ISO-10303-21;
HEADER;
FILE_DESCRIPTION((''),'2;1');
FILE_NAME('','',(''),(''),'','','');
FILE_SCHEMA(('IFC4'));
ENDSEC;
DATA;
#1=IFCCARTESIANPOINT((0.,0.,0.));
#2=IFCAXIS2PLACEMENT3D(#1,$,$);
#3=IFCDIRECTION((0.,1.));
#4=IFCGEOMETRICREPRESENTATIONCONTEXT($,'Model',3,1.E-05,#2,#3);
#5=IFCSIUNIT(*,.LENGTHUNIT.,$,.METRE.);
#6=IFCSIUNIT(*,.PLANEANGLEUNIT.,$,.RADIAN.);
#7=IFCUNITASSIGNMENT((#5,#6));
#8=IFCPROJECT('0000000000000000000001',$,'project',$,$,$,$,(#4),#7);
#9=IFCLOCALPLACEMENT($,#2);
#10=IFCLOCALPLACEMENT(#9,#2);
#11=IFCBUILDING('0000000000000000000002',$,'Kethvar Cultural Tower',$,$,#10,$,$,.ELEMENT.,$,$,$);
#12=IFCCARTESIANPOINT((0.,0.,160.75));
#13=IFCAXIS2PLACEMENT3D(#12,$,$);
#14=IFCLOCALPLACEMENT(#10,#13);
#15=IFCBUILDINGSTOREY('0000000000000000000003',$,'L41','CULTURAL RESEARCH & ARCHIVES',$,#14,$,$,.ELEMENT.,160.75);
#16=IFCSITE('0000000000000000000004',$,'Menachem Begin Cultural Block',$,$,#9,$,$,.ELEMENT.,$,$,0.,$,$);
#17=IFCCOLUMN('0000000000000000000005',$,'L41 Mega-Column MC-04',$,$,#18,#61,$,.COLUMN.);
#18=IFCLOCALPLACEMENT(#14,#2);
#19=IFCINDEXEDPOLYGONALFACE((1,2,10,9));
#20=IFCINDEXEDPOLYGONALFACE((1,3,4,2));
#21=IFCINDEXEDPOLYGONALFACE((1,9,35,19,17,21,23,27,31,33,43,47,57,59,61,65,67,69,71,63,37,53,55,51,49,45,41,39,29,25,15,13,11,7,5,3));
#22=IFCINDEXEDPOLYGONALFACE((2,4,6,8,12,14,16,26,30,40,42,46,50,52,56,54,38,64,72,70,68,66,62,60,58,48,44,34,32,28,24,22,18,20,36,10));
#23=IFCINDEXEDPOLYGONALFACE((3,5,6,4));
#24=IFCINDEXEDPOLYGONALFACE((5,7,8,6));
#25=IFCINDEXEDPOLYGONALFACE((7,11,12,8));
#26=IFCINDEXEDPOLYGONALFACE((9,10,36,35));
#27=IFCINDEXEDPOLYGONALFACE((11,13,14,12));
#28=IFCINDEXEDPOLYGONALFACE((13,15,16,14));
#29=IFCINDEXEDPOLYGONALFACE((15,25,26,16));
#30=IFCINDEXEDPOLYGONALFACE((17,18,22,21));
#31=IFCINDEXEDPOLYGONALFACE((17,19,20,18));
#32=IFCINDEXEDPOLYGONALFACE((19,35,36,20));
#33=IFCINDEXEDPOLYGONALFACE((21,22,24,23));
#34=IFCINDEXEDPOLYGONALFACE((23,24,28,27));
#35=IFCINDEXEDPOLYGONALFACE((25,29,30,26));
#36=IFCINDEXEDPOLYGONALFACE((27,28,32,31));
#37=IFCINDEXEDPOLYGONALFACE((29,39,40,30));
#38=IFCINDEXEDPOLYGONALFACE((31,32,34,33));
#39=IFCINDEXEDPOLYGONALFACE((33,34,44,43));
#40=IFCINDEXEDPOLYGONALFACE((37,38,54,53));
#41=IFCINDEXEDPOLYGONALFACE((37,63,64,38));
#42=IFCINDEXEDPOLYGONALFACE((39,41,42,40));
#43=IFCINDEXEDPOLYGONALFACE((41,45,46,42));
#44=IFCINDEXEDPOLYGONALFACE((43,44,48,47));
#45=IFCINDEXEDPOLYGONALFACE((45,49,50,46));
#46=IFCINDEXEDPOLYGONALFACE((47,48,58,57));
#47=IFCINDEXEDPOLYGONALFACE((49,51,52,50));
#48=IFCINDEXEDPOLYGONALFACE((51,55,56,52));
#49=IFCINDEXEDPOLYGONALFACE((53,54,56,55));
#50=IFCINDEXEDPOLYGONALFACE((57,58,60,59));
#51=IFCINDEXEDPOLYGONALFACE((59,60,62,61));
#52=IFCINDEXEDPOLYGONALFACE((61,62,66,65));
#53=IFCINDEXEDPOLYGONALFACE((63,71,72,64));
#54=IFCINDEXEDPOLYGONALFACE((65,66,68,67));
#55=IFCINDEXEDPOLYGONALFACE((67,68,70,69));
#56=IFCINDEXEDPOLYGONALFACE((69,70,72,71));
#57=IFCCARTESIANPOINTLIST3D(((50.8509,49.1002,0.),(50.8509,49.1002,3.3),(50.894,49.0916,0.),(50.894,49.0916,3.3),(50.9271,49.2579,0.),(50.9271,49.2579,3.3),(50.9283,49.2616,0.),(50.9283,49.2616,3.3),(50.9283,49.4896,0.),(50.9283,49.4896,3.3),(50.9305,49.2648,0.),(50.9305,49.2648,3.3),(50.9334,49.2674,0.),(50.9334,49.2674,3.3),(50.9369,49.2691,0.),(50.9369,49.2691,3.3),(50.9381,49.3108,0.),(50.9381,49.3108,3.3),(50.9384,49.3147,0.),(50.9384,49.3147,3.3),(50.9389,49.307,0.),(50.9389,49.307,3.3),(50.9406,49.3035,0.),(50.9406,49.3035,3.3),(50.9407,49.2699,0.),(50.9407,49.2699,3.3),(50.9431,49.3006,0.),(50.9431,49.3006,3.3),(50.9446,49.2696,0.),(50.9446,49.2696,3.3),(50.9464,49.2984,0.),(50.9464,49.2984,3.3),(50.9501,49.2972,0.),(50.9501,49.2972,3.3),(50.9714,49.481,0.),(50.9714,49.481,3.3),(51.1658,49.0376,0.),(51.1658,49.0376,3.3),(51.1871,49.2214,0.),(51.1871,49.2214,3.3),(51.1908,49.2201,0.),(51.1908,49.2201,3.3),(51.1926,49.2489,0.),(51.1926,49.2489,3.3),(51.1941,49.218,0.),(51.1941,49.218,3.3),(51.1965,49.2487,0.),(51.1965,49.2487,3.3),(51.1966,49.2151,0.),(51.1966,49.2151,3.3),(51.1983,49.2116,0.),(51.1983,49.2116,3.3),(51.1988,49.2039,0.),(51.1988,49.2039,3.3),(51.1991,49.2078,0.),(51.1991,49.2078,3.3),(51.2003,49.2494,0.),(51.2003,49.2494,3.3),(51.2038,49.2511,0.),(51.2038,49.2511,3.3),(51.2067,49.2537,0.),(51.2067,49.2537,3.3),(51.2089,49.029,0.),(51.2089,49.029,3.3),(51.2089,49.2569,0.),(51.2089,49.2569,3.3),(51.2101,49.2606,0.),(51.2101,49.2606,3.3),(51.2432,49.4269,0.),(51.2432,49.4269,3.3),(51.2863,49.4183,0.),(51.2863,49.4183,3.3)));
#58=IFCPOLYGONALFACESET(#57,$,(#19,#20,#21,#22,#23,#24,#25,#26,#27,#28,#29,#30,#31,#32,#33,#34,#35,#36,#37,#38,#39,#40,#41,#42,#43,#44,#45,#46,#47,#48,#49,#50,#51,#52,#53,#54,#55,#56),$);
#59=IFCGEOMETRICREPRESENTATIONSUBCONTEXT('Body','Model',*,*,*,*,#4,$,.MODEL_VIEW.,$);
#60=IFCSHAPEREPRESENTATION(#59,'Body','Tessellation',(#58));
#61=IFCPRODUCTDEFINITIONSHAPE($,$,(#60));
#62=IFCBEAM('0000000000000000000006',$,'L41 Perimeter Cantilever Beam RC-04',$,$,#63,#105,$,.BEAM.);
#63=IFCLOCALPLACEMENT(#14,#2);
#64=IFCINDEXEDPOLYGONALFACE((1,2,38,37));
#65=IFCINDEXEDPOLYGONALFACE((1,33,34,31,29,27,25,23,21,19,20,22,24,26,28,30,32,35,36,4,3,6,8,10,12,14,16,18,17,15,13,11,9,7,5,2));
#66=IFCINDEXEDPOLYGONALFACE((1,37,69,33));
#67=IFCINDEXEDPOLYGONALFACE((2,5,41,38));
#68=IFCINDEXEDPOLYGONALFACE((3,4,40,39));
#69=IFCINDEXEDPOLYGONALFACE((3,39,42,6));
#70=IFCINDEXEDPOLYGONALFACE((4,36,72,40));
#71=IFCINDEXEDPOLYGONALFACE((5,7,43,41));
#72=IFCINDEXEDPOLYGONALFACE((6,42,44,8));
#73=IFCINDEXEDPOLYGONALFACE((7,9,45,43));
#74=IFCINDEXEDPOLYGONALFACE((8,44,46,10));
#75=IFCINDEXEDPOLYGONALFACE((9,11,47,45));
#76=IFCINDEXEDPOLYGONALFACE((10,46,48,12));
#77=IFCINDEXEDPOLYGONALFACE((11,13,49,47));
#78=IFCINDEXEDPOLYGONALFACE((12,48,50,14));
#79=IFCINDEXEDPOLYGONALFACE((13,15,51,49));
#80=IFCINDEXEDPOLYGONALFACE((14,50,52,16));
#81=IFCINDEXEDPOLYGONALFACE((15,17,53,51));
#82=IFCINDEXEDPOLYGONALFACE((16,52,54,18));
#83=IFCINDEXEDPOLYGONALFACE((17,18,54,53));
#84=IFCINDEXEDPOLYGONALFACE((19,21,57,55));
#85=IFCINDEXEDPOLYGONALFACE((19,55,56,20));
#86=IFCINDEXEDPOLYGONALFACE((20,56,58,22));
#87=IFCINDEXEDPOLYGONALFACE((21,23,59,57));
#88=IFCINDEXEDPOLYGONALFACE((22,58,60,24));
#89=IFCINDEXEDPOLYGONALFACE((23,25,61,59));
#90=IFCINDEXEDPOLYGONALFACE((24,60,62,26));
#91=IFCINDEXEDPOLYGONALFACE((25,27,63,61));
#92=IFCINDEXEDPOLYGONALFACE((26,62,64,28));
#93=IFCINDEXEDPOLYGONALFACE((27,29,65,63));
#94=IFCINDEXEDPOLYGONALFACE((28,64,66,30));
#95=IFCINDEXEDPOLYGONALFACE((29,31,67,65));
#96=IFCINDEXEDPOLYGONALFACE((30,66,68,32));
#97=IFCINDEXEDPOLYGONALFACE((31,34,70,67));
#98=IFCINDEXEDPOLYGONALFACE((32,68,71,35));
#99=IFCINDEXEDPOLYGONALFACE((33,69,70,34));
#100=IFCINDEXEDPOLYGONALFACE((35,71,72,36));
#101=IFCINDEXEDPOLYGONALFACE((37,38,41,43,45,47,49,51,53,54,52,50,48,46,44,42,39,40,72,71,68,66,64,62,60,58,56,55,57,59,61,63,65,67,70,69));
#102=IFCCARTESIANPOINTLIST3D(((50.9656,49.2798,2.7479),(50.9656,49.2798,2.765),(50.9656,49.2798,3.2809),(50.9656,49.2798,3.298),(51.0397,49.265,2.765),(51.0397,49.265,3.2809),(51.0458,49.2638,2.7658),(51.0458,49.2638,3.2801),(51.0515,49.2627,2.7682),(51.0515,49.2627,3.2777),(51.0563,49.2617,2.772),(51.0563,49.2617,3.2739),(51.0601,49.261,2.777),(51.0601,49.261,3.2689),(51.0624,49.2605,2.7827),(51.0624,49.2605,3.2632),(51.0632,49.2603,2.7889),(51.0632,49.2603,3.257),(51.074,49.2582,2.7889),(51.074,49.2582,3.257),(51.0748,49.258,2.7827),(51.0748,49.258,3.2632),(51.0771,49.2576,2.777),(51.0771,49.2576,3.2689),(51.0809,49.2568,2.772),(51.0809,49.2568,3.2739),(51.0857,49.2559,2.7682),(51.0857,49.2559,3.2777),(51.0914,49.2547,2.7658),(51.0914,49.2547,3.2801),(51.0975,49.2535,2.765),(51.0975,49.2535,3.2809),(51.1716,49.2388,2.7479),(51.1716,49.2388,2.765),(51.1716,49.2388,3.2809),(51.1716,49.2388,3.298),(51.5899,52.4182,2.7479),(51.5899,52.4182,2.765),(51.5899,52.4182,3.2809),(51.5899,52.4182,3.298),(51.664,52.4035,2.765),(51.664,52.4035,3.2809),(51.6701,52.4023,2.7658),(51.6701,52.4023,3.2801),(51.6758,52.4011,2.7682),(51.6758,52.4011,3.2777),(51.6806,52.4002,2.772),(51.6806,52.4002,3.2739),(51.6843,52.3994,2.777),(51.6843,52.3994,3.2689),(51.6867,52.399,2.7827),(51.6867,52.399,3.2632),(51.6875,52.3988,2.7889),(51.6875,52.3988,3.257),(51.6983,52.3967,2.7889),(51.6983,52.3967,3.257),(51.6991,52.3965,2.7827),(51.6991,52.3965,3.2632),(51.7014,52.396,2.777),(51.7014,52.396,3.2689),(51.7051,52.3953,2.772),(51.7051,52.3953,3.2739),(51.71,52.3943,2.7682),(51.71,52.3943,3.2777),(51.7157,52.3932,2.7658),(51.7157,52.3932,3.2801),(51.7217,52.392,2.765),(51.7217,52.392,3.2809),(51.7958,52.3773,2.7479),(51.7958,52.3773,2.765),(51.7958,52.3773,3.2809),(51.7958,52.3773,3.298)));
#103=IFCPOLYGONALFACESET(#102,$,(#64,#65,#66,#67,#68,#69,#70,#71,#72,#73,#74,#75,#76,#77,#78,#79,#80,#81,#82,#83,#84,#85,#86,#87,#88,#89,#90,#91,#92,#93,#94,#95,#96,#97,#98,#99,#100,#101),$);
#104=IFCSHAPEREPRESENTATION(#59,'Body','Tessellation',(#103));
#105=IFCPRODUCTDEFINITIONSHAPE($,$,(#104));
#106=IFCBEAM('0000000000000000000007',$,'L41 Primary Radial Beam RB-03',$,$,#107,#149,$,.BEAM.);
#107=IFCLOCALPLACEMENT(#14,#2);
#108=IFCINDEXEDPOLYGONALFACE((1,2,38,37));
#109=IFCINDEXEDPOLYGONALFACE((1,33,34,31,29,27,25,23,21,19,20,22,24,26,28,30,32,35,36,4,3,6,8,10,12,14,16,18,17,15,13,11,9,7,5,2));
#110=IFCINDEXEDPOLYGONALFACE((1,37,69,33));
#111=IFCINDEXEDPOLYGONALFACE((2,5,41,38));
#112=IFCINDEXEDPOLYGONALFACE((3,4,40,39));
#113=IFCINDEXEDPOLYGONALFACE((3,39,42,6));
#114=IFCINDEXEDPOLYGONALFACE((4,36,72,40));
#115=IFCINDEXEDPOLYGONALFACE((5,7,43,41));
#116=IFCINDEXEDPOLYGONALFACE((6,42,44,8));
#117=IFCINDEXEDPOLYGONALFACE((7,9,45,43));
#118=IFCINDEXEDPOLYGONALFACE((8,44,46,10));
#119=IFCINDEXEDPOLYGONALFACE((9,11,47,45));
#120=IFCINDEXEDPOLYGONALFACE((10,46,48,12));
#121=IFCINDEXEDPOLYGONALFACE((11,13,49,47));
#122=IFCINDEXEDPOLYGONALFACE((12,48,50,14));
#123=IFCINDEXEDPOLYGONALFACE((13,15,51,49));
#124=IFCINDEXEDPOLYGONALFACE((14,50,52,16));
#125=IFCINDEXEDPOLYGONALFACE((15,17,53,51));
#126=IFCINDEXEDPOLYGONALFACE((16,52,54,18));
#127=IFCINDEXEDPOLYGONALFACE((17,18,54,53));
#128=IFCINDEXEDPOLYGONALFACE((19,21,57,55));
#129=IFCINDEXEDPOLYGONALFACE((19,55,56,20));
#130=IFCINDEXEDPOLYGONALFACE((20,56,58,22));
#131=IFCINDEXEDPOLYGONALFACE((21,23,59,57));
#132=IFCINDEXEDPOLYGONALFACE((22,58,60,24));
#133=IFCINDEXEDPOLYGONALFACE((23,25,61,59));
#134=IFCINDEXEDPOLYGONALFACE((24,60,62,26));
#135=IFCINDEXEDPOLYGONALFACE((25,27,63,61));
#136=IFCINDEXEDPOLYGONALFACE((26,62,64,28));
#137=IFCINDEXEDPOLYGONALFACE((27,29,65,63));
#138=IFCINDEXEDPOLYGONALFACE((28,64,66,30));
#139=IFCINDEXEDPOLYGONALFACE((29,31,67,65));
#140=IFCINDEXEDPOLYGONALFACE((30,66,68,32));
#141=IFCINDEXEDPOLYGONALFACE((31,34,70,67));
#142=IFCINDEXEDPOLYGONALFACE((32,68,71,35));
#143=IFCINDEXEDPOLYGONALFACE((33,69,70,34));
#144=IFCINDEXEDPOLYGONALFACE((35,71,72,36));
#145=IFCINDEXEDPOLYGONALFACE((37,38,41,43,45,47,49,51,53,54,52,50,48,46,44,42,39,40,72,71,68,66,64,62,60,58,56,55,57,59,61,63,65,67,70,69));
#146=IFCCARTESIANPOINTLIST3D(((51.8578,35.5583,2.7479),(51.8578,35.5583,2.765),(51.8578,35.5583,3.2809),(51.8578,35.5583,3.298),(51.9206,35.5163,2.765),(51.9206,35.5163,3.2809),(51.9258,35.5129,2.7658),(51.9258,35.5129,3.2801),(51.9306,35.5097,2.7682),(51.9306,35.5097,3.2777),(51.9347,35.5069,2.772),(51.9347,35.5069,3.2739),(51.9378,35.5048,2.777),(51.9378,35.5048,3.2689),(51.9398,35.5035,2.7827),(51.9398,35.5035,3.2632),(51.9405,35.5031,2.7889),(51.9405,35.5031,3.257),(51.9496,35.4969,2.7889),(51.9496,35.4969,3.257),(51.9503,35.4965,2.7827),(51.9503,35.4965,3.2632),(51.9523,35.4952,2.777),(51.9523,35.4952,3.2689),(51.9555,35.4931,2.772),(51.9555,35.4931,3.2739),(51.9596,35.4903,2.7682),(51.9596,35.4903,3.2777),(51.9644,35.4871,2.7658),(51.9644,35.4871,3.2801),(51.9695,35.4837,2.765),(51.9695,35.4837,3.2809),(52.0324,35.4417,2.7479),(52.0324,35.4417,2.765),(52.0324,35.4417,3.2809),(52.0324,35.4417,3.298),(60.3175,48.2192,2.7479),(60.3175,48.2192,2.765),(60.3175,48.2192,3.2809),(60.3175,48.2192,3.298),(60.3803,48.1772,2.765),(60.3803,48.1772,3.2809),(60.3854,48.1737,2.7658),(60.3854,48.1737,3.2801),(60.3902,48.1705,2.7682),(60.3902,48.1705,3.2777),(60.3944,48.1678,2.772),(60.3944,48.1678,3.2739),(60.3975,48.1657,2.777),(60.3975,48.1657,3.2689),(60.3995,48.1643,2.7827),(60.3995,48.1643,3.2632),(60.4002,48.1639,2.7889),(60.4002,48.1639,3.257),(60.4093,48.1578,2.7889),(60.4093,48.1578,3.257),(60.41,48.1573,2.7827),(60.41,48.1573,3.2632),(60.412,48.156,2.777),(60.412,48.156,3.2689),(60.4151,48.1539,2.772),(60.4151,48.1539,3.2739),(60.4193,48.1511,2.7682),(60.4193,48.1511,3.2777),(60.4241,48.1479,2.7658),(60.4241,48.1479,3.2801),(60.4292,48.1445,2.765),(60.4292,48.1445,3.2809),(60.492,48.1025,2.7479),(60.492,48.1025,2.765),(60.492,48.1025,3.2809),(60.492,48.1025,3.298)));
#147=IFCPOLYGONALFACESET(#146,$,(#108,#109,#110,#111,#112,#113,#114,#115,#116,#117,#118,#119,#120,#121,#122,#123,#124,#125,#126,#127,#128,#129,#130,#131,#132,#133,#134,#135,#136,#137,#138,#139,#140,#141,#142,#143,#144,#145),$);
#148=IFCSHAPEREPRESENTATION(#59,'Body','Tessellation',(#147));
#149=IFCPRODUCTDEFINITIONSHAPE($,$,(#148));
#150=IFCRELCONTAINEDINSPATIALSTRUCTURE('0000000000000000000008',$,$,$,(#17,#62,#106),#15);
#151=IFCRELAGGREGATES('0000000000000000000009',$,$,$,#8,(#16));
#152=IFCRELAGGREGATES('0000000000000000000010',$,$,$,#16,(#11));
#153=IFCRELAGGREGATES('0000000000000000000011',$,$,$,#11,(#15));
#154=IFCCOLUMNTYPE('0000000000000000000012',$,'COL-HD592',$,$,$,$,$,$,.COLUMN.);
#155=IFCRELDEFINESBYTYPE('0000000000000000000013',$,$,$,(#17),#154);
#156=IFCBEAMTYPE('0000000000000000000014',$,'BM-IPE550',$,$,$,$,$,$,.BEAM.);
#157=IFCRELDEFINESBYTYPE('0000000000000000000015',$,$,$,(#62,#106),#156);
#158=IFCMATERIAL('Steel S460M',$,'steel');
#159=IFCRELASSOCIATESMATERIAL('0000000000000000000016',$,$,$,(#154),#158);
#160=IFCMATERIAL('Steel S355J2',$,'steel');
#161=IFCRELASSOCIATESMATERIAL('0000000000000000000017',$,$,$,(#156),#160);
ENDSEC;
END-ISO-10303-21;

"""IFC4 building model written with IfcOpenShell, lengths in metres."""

from ifc_helpers import new_model, si_unit, direction, frame, origin, origin_2d, place, context, subcontext, project, spatial, i_section, extrude, source, transform, mapped, material, material_profile, profile_set, type_object, element, save


model = new_model("IFC4")

# Units and contexts
model_context = context("Model", 3, precision=1e-05, world=origin(), true_north=direction((0.0, 1.0)))
body_context = subcontext(model_context, "Body", "Model", "MODEL_VIEW")
ifc_project = project(units=[si_unit("LENGTHUNIT", "METRE"), si_unit("PLANEANGLEUNIT", "RADIAN")], contexts=[model_context])

# Site, building, storey
site_placement = place(None, origin())
site = spatial("IfcSite", under=ifc_project, at=site_placement, Name="Menachem Begin Cultural Block", CompositionType="ELEMENT", RefElevation=0.0)
building_placement = place(site_placement, origin())
building = spatial("IfcBuilding", under=site, at=building_placement, Name="Kethvar Cultural Tower", CompositionType="ELEMENT")
storey_placement = place(building_placement, frame((0.0, 0.0, 160.75)))
storey = spatial("IfcBuildingStorey", under=building, at=storey_placement, Name="L41", Description="CULTURAL RESEARCH & ARCHIVES", CompositionType="ELEMENT", Elevation=160.75)

# Column
ifc_material_1 = material(Name="Steel S460M", Category="steel")
ifc_material_profile_1 = material_profile(ifc_material_1, i_section(OverallWidth=0.397, OverallDepth=0.365, WebThickness=0.0281, FlangeThickness=0.0439, FilletRadius=0.0149, at=origin_2d()), Name="Steel S460M — HD400x592")
ifc_profile_set_1 = profile_set([ifc_material_profile_1], Name="Steel S460M — HD400x592")
column_type = type_object("IfcColumnType", Name="COL-HD592", PredefinedType="COLUMN", material=ifc_profile_set_1)
shared_shape_1 = source(origin(), body_context, "Body", "SweptSolid", [
    extrude(i_section(OverallWidth=0.397, OverallDepth=0.365, WebThickness=0.0281, FlangeThickness=0.0439, FilletRadius=0.0149, at=origin_2d()), origin(), (0.0, 0.0, 1.0), 3.3),
])
column_placement = place(storey_placement, frame((51.0686, 49.2593, 0.0), z_axis=(0.0, 0.0, 1.0), x_axis=(0.19509, 0.980785, 0.0)))
element("IfcColumn", 1, at=column_placement, inside=storey, type_object=column_type, Name="L41 Mega-Column MC-04", PredefinedType="COLUMN", context=body_context, shape_type="MappedRepresentation", body=[
    mapped(shared_shape_1, transform((0.0, 0.0, 0.0), scale=1.0)),
])

# Beams
ifc_material_2 = material(Name="Steel S355J2", Category="steel")
ifc_material_profile_2 = material_profile(ifc_material_2, i_section(OverallWidth=0.21, OverallDepth=0.55, WebThickness=0.011, FlangeThickness=0.0171, FilletRadius=0.0239, at=origin_2d()), Name="Steel S355J2 — IPE550")
ifc_profile_set_2 = profile_set([ifc_material_profile_2], Name="Steel S355J2 — IPE550")
beam_type_1 = type_object("IfcBeamType", Name="BM-IPE550", PredefinedType="BEAM", material=ifc_profile_set_2)
shared_shape_2 = source(origin(), body_context, "Body", "SweptSolid", [
    extrude(i_section(OverallWidth=0.21, OverallDepth=0.55, WebThickness=0.011, FlangeThickness=0.0171, FilletRadius=0.0239, at=origin_2d()), origin(), (0.0, 0.0, 1.0), 3.2),
])
beam_1_placement = place(storey_placement, frame((51.0686, 49.2593, 3.0229), z_axis=(0.195089, 0.980786, 0.0), x_axis=(-0.980786, 0.195089, 0.0)))
element("IfcBeam", 2, at=beam_1_placement, inside=storey, type_object=beam_type_1, Name="L41 Perimeter Cantilever Beam RC-04", PredefinedType="BEAM", context=body_context, shape_type="MappedRepresentation", body=[
    mapped(shared_shape_2, transform((0.0, 0.0, 0.0), scale=1.0)),
])
shared_shape_3 = source(origin(), body_context, "Body", "SweptSolid", [
    extrude(i_section(OverallWidth=0.21, OverallDepth=0.55, WebThickness=0.011, FlangeThickness=0.0171, FilletRadius=0.0239, at=origin_2d()), origin(), (0.0, 0.0, 1.0), 15.2271),
])
beam_2_placement = place(storey_placement, frame((51.9451, 35.5, 3.0229), z_axis=(0.555569, 0.83147, 0.0), x_axis=(-0.83147, 0.555569, 0.0)))
element("IfcBeam", 3, at=beam_2_placement, inside=storey, type_object=beam_type_1, Name="L41 Primary Radial Beam RB-03", PredefinedType="BEAM", context=body_context, shape_type="MappedRepresentation", body=[
    mapped(shared_shape_3, transform((0.0, 0.0, 0.0), scale=1.0)),
])

save(model, "model.ifc")
